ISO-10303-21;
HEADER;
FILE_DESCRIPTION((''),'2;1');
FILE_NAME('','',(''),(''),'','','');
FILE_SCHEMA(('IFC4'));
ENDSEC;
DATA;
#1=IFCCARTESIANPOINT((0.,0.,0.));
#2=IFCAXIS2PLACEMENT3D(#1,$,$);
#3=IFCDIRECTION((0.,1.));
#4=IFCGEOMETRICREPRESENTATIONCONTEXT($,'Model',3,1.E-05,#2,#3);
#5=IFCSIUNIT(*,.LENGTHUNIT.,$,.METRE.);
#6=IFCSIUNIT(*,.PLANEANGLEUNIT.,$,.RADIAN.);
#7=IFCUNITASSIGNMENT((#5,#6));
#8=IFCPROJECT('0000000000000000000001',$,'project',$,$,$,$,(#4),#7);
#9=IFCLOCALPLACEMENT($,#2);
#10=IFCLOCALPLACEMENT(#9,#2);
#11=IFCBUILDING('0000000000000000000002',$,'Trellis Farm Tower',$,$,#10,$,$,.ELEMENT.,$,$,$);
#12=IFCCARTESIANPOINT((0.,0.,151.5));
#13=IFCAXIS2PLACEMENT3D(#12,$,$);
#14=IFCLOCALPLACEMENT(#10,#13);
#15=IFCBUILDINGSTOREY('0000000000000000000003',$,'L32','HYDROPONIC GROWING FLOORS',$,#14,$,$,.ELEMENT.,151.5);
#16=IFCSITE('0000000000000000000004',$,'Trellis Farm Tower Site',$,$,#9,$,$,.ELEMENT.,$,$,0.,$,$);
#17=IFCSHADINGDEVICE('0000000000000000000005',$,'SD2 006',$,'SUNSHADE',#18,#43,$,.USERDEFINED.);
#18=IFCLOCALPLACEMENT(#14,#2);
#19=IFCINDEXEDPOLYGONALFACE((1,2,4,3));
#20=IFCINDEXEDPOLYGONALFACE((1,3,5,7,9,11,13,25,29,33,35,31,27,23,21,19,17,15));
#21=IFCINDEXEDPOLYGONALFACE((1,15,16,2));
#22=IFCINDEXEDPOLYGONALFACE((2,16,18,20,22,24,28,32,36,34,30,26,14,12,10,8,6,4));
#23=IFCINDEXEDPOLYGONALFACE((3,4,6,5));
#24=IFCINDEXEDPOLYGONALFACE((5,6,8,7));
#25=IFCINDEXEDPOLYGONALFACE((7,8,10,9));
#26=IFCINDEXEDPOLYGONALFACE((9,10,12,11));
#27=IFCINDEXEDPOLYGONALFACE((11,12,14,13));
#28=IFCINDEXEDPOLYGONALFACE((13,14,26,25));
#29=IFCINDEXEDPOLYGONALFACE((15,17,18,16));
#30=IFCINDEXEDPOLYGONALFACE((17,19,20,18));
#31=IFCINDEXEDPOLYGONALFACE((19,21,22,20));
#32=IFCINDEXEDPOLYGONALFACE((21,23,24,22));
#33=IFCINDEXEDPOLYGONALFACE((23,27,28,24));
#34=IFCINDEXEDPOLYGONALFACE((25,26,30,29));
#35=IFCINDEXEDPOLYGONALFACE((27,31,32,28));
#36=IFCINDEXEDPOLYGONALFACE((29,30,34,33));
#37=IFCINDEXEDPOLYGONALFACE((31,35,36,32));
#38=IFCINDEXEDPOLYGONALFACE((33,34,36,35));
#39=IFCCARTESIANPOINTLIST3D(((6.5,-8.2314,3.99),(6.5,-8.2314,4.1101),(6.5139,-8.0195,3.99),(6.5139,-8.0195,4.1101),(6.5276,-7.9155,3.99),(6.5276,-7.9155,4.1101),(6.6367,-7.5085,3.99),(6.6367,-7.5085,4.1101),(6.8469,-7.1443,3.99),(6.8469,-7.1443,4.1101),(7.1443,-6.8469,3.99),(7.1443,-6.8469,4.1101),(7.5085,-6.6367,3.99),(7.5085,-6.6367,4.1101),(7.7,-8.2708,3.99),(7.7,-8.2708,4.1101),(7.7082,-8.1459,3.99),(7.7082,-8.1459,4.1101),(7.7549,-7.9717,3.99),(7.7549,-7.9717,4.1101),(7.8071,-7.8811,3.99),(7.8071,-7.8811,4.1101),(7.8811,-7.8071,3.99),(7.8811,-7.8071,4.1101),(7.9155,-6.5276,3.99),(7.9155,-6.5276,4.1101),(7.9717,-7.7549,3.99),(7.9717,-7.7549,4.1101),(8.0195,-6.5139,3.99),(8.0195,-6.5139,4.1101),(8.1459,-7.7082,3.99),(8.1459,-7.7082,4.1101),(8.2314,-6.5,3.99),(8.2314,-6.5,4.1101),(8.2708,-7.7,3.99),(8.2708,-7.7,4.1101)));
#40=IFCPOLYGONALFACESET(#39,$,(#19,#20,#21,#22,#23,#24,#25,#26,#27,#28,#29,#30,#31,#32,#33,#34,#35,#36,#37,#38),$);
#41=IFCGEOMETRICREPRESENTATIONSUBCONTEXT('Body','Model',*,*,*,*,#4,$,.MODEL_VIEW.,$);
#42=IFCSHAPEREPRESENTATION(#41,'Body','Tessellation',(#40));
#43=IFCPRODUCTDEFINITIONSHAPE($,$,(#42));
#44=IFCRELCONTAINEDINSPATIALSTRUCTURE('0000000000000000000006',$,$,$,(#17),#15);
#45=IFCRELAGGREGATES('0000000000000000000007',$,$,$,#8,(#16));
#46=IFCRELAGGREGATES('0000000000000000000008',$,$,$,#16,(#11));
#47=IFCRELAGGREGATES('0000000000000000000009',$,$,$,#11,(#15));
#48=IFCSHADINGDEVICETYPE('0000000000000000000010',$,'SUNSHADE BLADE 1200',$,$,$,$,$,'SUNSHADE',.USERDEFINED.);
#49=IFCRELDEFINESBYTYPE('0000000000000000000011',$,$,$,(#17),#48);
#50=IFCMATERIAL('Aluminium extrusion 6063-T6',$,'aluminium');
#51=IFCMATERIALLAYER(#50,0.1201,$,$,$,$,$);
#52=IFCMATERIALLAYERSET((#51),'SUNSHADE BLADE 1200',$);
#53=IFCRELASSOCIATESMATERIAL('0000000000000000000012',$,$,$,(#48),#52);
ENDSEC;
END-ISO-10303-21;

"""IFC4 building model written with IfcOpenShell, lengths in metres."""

from ifc_helpers import new_model, si_unit, direction, frame, origin, place, context, subcontext, project, spatial, polyline, outline, extrude, source, transform, mapped, material, layer, layer_set, type_object, element, save


model = new_model("IFC4")

# Units and contexts
model_context = context("Model", 3, precision=1e-05, world=origin(), true_north=direction((0.0, 1.0)))
body_context = subcontext(model_context, "Body", "Model", "MODEL_VIEW")
ifc_project = project(units=[si_unit("LENGTHUNIT", "METRE"), si_unit("PLANEANGLEUNIT", "RADIAN")], contexts=[model_context])

# Site, building, storey
site_placement = place(None, origin())
site = spatial("IfcSite", under=ifc_project, at=site_placement, Name="Trellis Farm Tower Site", CompositionType="ELEMENT", RefElevation=0.0)
building_placement = place(site_placement, origin())
building = spatial("IfcBuilding", under=site, at=building_placement, Name="Trellis Farm Tower", CompositionType="ELEMENT")
storey_placement = place(building_placement, frame((0.0, 0.0, 151.5)))
storey = spatial("IfcBuildingStorey", under=building, at=storey_placement, Name="L32", Description="HYDROPONIC GROWING FLOORS", CompositionType="ELEMENT", Elevation=151.5)

# Shared definitions
ifc_material_1 = material(Name="Aluminium extrusion 6063-T6", Category="aluminium")

# Shading device
ifc_layer_1 = layer(ifc_material_1, 0.1201)
ifc_layer_set_1 = layer_set([ifc_layer_1], Name="SUNSHADE BLADE 1200")
shading_device_type = type_object("IfcShadingDeviceType", Name="SUNSHADE BLADE 1200", ElementType="SUNSHADE", PredefinedType="USERDEFINED", material=ifc_layer_set_1)
placement_1 = place(storey_placement, frame((0.0, 0.0, 3.99)))
shared_shape_1 = source(origin(), body_context, "Body", "SweptSolid", [
    extrude(outline(polyline([(7.7, -8.2708), (7.7087, -8.1372), (7.707, -8.1501), (7.7549, -7.9717), (7.8071, -7.8811), (7.8811, -7.8071), (7.9717, -7.7549), (8.1501, -7.707), (8.1372, -7.7087), (8.2708, -7.7), (8.2314, -6.5), (8.0195, -6.5139), (7.9155, -6.5276), (7.5085, -6.6367), (7.1443, -6.8469), (6.8469, -7.1443), (6.6367, -7.5085), (6.5276, -7.9155), (6.5139, -8.0195), (6.5, -8.2314), (7.7, -8.2708)])), origin(), (0.0, 0.0, 1.0), 0.1201),
])
element("IfcShadingDevice", 1, at=placement_1, inside=storey, type_object=shading_device_type, Name="SD2 006", ObjectType="SUNSHADE", PredefinedType="USERDEFINED", context=body_context, shape_type="MappedRepresentation", body=[
    mapped(shared_shape_1, transform((0.0, 0.0, 0.0))),
])

save(model, "model.ifc")
